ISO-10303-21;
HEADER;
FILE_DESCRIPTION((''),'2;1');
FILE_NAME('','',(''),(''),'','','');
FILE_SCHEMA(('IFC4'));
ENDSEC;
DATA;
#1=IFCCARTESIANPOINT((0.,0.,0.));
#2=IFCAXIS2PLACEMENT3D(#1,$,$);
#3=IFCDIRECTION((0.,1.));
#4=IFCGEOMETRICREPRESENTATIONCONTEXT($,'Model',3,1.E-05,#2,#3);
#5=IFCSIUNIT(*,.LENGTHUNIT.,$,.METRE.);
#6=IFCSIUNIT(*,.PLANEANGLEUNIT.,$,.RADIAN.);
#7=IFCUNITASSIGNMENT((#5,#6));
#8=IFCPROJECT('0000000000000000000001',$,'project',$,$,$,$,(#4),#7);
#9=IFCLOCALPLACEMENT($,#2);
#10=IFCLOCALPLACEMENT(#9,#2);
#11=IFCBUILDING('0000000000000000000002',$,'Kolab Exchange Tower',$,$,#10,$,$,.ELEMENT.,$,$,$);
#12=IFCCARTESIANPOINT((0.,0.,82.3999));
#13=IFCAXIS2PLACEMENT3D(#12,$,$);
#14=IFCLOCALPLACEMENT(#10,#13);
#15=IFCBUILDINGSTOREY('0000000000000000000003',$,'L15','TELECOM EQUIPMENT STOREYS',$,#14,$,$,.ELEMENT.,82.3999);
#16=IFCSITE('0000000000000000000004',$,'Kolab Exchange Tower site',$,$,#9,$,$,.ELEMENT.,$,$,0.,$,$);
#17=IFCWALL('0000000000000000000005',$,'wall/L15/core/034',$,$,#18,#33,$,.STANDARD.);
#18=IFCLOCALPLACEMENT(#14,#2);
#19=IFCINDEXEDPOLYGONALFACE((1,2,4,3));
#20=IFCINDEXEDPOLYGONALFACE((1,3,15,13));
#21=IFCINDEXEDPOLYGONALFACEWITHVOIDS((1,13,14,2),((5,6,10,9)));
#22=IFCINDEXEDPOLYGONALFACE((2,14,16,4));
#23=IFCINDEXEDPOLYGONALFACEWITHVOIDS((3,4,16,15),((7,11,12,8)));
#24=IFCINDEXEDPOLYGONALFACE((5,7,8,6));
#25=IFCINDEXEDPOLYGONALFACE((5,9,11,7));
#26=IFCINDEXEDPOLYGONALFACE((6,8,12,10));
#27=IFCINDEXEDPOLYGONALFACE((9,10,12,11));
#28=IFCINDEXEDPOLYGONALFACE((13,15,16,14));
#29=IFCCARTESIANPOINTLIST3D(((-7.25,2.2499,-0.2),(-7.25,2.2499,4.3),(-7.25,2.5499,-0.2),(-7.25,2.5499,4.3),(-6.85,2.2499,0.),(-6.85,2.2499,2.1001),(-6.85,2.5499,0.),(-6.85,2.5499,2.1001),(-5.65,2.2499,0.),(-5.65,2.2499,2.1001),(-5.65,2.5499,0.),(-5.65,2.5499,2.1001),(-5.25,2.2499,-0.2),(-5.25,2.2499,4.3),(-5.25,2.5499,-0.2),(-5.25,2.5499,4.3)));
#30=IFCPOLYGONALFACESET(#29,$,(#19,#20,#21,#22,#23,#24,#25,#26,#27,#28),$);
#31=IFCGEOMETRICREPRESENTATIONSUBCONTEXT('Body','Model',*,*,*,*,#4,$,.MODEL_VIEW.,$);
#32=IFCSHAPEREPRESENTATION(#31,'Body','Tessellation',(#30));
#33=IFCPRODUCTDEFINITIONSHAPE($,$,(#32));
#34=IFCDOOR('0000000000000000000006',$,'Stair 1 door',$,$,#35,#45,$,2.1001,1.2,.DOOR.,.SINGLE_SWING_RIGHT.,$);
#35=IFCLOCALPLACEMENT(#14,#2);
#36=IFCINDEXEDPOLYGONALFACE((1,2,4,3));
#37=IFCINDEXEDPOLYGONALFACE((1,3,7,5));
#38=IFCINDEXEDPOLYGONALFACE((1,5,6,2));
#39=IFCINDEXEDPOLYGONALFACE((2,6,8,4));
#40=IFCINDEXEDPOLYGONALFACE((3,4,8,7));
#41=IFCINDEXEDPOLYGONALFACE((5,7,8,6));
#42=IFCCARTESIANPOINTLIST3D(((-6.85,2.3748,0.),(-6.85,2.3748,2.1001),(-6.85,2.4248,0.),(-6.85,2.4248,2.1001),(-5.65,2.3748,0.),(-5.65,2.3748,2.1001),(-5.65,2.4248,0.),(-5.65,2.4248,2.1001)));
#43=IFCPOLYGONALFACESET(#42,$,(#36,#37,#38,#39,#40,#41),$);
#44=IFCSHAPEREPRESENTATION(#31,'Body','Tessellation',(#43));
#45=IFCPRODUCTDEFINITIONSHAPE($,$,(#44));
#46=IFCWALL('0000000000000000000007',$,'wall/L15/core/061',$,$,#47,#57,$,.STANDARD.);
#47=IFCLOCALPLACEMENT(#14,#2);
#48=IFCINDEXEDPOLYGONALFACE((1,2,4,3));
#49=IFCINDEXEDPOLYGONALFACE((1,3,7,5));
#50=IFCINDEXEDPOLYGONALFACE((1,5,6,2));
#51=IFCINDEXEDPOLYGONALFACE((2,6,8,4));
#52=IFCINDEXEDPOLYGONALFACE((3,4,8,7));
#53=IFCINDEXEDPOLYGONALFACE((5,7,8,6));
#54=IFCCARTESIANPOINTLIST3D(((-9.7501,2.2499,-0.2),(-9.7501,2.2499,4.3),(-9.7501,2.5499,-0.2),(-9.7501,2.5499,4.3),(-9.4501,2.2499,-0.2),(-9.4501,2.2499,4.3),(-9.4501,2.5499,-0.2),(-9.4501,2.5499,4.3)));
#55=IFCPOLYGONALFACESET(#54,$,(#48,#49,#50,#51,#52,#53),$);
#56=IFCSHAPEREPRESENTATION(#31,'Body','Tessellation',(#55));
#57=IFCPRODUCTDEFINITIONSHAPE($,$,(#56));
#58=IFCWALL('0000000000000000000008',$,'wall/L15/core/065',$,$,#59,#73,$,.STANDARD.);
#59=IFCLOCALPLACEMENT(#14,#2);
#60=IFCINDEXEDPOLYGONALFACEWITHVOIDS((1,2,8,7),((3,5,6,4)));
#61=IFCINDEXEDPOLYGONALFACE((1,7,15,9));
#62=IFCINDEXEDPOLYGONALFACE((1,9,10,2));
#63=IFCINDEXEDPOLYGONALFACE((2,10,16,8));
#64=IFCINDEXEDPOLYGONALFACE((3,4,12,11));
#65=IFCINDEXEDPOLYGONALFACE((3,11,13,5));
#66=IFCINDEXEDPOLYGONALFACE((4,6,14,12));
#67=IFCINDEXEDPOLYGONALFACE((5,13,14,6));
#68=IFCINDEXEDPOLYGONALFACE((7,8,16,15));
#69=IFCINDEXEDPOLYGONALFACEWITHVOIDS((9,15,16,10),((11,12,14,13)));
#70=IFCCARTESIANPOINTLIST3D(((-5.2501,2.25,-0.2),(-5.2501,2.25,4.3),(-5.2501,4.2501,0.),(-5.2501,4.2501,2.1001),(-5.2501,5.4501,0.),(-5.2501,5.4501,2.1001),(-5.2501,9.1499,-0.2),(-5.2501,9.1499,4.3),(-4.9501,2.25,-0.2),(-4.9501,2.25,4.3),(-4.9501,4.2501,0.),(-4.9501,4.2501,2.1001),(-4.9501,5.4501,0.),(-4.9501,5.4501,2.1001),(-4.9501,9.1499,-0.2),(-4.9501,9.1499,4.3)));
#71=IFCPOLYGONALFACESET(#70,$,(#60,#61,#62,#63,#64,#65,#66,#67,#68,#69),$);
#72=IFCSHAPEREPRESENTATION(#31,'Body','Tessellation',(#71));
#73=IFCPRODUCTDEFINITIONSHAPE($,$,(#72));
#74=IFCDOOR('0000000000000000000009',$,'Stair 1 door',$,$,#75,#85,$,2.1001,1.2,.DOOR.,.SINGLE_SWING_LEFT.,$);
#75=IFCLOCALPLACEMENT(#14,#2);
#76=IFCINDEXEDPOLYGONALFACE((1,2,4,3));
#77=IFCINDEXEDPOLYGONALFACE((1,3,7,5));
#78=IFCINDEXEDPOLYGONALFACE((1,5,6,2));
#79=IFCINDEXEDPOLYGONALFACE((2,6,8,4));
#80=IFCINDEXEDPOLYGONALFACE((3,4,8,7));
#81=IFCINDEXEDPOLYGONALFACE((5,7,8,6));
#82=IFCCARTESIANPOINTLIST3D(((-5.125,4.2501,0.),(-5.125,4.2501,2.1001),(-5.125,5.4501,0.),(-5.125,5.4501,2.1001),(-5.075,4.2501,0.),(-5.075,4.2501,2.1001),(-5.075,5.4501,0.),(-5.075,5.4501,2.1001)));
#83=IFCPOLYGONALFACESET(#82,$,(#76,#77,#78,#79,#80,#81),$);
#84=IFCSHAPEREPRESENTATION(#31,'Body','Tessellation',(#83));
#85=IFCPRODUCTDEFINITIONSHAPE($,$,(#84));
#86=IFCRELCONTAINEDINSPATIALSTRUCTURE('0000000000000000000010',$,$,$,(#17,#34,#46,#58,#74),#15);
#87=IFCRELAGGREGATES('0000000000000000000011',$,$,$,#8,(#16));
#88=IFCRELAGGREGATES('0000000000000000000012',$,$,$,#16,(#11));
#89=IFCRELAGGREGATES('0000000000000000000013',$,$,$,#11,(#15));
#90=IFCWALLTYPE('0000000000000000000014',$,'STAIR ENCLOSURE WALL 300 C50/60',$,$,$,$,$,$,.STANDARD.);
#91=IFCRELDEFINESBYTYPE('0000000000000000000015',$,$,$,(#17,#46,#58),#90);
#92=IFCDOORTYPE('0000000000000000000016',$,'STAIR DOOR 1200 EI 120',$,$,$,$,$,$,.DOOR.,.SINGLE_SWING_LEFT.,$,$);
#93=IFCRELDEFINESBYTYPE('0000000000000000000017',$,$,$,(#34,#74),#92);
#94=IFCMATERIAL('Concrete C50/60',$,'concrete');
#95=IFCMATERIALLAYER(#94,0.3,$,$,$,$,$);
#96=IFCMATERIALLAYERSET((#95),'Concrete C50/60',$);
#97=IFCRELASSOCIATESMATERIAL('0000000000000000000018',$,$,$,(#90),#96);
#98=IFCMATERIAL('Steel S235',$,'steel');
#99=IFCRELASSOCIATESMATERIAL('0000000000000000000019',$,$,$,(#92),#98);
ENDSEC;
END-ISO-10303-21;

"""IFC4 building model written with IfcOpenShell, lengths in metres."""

from ifc_helpers import new_model, si_unit, direction, frame, frame_2d, origin, place, context, subcontext, project, spatial, rectangle, extrude, material, layer, layer_set, type_object, element, fill, save


model = new_model("IFC4")

# Units and contexts
model_context = context("Model", 3, precision=1e-05, world=origin(), true_north=direction((0.0, 1.0)))
body_context = subcontext(model_context, "Body", "Model", "MODEL_VIEW")
ifc_project = project(units=[si_unit("LENGTHUNIT", "METRE"), si_unit("PLANEANGLEUNIT", "RADIAN")], contexts=[model_context])

# Site, building, storey
site_placement = place(None, origin())
site = spatial("IfcSite", under=ifc_project, at=site_placement, Name="Kolab Exchange Tower site", CompositionType="ELEMENT", RefElevation=0.0)
building_placement = place(site_placement, origin())
building = spatial("IfcBuilding", under=site, at=building_placement, Name="Kolab Exchange Tower", CompositionType="ELEMENT")
storey_placement = place(building_placement, frame((0.0, 0.0, 82.3999)))
storey = spatial("IfcBuildingStorey", under=building, at=storey_placement, Name="L15", Description="TELECOM EQUIPMENT STOREYS", CompositionType="ELEMENT", Elevation=82.3999)

# Shared definitions
ifc_material_1 = material(Name="Steel S235", Category="steel")

# Shared definitions
ifc_material_2 = material(Name="Concrete C50/60", Category="concrete")
ifc_layer_1 = layer(ifc_material_2, 0.3)
ifc_layer_set_1 = layer_set([ifc_layer_1], Name="Concrete C50/60")
wall_type_1 = type_object("IfcWallType", Name="STAIR ENCLOSURE WALL 300 C50/60", PredefinedType="STANDARD", material=ifc_layer_set_1)

# Wall, opening, door
wall_1_placement = place(storey_placement, frame((-7.25, 2.3999, -0.2), z_axis=(0.0, 0.0, 1.0), x_axis=(1.0, 0.0, 0.0)))
wall_1 = element("IfcWall", 1, at=wall_1_placement, inside=storey, type_object=wall_type_1, Name="wall/L15/core/034", PredefinedType="STANDARD", context=body_context, shape_type="SweptSolid", body=[
    extrude(rectangle(XDim=2.0, YDim=0.3, at=frame_2d((1.0, 0.0))), origin(), (0.0, 0.0, 1.0), 4.5),
])
opening_1_placement = place(wall_1_placement, frame((0.3999, 0.0, 0.2)))
opening_1 = element("IfcOpeningElement", 2, at=opening_1_placement, cuts=wall_1, PredefinedType="OPENING", context=body_context, shape_type="SweptSolid", body=[
    extrude(rectangle(XDim=1.2, YDim=2.1001, at=frame_2d((0.6001, 1.05))), frame((0.0, 0.1602, 0.0), z_axis=(0.0, -1.0, 0.0), x_axis=(1.0, 0.0, 0.0)), (0.0, 0.0, 1.0), 0.3201),
])
door_type_1 = type_object("IfcDoorType", Name="STAIR DOOR 1200 EI 120", OperationType="SINGLE_SWING_LEFT", PredefinedType="DOOR", material=ifc_material_1)
door_1_placement = place(opening_1_placement, origin())
door_1 = element("IfcDoor", 3, at=door_1_placement, inside=storey, type_object=door_type_1, Name="Stair 1 door", OperationType="SINGLE_SWING_RIGHT", OverallHeight=2.1001, OverallWidth=1.2, PredefinedType="DOOR", context=body_context, shape_type="SweptSolid", body=[
    extrude(rectangle(XDim=1.2, YDim=2.1001, at=frame_2d((0.6001, 1.05))), frame((0.0, 0.0249, 0.0), z_axis=(0.0, -1.0, 0.0), x_axis=(1.0, 0.0, 0.0)), (0.0, 0.0, 1.0), 0.05),
])
fill(opening_1, door_1)

# Wall
wall_2_placement = place(storey_placement, frame((-9.6001, 2.25, -0.2), z_axis=(0.0, 0.0, 1.0), x_axis=(0.0, 1.0, 0.0)))
element("IfcWall", 4, at=wall_2_placement, inside=storey, type_object=wall_type_1, Name="wall/L15/core/061", PredefinedType="STANDARD", context=body_context, shape_type="SweptSolid", body=[
    extrude(rectangle(XDim=0.3, YDim=0.3, at=frame_2d((0.1499, 0.0))), origin(), (0.0, 0.0, 1.0), 4.5),
])

# Wall, opening, door
wall_3_placement = place(storey_placement, frame((-5.1001, 2.25, -0.2), z_axis=(0.0, 0.0, 1.0), x_axis=(0.0, 1.0, 0.0)))
wall_3 = element("IfcWall", 5, at=wall_3_placement, inside=storey, type_object=wall_type_1, Name="wall/L15/core/065", PredefinedType="STANDARD", context=body_context, shape_type="SweptSolid", body=[
    extrude(rectangle(XDim=6.8999, YDim=0.3, at=frame_2d((3.45, 0.0))), origin(), (0.0, 0.0, 1.0), 4.5),
])
opening_2_placement = place(wall_3_placement, frame((2.0, 0.0, 0.2)))
opening_2 = element("IfcOpeningElement", 6, at=opening_2_placement, cuts=wall_3, PredefinedType="OPENING", context=body_context, shape_type="SweptSolid", body=[
    extrude(rectangle(XDim=1.2, YDim=2.1001, at=frame_2d((0.6001, 1.05))), frame((0.0, 0.1602, 0.0), z_axis=(0.0, -1.0, 0.0), x_axis=(1.0, 0.0, 0.0)), (0.0, 0.0, 1.0), 0.3201),
])
door_2_placement = place(opening_2_placement, origin())
door_2 = element("IfcDoor", 7, at=door_2_placement, inside=storey, type_object=door_type_1, Name="Stair 1 door", OperationType="SINGLE_SWING_LEFT", OverallHeight=2.1001, OverallWidth=1.2, PredefinedType="DOOR", context=body_context, shape_type="SweptSolid", body=[
    extrude(rectangle(XDim=1.2, YDim=2.1001, at=frame_2d((0.6001, 1.05))), frame((0.0, 0.0249, 0.0), z_axis=(0.0, -1.0, 0.0), x_axis=(1.0, 0.0, 0.0)), (0.0, 0.0, 1.0), 0.05),
])
fill(opening_2, door_2)

save(model, "model.ifc")
